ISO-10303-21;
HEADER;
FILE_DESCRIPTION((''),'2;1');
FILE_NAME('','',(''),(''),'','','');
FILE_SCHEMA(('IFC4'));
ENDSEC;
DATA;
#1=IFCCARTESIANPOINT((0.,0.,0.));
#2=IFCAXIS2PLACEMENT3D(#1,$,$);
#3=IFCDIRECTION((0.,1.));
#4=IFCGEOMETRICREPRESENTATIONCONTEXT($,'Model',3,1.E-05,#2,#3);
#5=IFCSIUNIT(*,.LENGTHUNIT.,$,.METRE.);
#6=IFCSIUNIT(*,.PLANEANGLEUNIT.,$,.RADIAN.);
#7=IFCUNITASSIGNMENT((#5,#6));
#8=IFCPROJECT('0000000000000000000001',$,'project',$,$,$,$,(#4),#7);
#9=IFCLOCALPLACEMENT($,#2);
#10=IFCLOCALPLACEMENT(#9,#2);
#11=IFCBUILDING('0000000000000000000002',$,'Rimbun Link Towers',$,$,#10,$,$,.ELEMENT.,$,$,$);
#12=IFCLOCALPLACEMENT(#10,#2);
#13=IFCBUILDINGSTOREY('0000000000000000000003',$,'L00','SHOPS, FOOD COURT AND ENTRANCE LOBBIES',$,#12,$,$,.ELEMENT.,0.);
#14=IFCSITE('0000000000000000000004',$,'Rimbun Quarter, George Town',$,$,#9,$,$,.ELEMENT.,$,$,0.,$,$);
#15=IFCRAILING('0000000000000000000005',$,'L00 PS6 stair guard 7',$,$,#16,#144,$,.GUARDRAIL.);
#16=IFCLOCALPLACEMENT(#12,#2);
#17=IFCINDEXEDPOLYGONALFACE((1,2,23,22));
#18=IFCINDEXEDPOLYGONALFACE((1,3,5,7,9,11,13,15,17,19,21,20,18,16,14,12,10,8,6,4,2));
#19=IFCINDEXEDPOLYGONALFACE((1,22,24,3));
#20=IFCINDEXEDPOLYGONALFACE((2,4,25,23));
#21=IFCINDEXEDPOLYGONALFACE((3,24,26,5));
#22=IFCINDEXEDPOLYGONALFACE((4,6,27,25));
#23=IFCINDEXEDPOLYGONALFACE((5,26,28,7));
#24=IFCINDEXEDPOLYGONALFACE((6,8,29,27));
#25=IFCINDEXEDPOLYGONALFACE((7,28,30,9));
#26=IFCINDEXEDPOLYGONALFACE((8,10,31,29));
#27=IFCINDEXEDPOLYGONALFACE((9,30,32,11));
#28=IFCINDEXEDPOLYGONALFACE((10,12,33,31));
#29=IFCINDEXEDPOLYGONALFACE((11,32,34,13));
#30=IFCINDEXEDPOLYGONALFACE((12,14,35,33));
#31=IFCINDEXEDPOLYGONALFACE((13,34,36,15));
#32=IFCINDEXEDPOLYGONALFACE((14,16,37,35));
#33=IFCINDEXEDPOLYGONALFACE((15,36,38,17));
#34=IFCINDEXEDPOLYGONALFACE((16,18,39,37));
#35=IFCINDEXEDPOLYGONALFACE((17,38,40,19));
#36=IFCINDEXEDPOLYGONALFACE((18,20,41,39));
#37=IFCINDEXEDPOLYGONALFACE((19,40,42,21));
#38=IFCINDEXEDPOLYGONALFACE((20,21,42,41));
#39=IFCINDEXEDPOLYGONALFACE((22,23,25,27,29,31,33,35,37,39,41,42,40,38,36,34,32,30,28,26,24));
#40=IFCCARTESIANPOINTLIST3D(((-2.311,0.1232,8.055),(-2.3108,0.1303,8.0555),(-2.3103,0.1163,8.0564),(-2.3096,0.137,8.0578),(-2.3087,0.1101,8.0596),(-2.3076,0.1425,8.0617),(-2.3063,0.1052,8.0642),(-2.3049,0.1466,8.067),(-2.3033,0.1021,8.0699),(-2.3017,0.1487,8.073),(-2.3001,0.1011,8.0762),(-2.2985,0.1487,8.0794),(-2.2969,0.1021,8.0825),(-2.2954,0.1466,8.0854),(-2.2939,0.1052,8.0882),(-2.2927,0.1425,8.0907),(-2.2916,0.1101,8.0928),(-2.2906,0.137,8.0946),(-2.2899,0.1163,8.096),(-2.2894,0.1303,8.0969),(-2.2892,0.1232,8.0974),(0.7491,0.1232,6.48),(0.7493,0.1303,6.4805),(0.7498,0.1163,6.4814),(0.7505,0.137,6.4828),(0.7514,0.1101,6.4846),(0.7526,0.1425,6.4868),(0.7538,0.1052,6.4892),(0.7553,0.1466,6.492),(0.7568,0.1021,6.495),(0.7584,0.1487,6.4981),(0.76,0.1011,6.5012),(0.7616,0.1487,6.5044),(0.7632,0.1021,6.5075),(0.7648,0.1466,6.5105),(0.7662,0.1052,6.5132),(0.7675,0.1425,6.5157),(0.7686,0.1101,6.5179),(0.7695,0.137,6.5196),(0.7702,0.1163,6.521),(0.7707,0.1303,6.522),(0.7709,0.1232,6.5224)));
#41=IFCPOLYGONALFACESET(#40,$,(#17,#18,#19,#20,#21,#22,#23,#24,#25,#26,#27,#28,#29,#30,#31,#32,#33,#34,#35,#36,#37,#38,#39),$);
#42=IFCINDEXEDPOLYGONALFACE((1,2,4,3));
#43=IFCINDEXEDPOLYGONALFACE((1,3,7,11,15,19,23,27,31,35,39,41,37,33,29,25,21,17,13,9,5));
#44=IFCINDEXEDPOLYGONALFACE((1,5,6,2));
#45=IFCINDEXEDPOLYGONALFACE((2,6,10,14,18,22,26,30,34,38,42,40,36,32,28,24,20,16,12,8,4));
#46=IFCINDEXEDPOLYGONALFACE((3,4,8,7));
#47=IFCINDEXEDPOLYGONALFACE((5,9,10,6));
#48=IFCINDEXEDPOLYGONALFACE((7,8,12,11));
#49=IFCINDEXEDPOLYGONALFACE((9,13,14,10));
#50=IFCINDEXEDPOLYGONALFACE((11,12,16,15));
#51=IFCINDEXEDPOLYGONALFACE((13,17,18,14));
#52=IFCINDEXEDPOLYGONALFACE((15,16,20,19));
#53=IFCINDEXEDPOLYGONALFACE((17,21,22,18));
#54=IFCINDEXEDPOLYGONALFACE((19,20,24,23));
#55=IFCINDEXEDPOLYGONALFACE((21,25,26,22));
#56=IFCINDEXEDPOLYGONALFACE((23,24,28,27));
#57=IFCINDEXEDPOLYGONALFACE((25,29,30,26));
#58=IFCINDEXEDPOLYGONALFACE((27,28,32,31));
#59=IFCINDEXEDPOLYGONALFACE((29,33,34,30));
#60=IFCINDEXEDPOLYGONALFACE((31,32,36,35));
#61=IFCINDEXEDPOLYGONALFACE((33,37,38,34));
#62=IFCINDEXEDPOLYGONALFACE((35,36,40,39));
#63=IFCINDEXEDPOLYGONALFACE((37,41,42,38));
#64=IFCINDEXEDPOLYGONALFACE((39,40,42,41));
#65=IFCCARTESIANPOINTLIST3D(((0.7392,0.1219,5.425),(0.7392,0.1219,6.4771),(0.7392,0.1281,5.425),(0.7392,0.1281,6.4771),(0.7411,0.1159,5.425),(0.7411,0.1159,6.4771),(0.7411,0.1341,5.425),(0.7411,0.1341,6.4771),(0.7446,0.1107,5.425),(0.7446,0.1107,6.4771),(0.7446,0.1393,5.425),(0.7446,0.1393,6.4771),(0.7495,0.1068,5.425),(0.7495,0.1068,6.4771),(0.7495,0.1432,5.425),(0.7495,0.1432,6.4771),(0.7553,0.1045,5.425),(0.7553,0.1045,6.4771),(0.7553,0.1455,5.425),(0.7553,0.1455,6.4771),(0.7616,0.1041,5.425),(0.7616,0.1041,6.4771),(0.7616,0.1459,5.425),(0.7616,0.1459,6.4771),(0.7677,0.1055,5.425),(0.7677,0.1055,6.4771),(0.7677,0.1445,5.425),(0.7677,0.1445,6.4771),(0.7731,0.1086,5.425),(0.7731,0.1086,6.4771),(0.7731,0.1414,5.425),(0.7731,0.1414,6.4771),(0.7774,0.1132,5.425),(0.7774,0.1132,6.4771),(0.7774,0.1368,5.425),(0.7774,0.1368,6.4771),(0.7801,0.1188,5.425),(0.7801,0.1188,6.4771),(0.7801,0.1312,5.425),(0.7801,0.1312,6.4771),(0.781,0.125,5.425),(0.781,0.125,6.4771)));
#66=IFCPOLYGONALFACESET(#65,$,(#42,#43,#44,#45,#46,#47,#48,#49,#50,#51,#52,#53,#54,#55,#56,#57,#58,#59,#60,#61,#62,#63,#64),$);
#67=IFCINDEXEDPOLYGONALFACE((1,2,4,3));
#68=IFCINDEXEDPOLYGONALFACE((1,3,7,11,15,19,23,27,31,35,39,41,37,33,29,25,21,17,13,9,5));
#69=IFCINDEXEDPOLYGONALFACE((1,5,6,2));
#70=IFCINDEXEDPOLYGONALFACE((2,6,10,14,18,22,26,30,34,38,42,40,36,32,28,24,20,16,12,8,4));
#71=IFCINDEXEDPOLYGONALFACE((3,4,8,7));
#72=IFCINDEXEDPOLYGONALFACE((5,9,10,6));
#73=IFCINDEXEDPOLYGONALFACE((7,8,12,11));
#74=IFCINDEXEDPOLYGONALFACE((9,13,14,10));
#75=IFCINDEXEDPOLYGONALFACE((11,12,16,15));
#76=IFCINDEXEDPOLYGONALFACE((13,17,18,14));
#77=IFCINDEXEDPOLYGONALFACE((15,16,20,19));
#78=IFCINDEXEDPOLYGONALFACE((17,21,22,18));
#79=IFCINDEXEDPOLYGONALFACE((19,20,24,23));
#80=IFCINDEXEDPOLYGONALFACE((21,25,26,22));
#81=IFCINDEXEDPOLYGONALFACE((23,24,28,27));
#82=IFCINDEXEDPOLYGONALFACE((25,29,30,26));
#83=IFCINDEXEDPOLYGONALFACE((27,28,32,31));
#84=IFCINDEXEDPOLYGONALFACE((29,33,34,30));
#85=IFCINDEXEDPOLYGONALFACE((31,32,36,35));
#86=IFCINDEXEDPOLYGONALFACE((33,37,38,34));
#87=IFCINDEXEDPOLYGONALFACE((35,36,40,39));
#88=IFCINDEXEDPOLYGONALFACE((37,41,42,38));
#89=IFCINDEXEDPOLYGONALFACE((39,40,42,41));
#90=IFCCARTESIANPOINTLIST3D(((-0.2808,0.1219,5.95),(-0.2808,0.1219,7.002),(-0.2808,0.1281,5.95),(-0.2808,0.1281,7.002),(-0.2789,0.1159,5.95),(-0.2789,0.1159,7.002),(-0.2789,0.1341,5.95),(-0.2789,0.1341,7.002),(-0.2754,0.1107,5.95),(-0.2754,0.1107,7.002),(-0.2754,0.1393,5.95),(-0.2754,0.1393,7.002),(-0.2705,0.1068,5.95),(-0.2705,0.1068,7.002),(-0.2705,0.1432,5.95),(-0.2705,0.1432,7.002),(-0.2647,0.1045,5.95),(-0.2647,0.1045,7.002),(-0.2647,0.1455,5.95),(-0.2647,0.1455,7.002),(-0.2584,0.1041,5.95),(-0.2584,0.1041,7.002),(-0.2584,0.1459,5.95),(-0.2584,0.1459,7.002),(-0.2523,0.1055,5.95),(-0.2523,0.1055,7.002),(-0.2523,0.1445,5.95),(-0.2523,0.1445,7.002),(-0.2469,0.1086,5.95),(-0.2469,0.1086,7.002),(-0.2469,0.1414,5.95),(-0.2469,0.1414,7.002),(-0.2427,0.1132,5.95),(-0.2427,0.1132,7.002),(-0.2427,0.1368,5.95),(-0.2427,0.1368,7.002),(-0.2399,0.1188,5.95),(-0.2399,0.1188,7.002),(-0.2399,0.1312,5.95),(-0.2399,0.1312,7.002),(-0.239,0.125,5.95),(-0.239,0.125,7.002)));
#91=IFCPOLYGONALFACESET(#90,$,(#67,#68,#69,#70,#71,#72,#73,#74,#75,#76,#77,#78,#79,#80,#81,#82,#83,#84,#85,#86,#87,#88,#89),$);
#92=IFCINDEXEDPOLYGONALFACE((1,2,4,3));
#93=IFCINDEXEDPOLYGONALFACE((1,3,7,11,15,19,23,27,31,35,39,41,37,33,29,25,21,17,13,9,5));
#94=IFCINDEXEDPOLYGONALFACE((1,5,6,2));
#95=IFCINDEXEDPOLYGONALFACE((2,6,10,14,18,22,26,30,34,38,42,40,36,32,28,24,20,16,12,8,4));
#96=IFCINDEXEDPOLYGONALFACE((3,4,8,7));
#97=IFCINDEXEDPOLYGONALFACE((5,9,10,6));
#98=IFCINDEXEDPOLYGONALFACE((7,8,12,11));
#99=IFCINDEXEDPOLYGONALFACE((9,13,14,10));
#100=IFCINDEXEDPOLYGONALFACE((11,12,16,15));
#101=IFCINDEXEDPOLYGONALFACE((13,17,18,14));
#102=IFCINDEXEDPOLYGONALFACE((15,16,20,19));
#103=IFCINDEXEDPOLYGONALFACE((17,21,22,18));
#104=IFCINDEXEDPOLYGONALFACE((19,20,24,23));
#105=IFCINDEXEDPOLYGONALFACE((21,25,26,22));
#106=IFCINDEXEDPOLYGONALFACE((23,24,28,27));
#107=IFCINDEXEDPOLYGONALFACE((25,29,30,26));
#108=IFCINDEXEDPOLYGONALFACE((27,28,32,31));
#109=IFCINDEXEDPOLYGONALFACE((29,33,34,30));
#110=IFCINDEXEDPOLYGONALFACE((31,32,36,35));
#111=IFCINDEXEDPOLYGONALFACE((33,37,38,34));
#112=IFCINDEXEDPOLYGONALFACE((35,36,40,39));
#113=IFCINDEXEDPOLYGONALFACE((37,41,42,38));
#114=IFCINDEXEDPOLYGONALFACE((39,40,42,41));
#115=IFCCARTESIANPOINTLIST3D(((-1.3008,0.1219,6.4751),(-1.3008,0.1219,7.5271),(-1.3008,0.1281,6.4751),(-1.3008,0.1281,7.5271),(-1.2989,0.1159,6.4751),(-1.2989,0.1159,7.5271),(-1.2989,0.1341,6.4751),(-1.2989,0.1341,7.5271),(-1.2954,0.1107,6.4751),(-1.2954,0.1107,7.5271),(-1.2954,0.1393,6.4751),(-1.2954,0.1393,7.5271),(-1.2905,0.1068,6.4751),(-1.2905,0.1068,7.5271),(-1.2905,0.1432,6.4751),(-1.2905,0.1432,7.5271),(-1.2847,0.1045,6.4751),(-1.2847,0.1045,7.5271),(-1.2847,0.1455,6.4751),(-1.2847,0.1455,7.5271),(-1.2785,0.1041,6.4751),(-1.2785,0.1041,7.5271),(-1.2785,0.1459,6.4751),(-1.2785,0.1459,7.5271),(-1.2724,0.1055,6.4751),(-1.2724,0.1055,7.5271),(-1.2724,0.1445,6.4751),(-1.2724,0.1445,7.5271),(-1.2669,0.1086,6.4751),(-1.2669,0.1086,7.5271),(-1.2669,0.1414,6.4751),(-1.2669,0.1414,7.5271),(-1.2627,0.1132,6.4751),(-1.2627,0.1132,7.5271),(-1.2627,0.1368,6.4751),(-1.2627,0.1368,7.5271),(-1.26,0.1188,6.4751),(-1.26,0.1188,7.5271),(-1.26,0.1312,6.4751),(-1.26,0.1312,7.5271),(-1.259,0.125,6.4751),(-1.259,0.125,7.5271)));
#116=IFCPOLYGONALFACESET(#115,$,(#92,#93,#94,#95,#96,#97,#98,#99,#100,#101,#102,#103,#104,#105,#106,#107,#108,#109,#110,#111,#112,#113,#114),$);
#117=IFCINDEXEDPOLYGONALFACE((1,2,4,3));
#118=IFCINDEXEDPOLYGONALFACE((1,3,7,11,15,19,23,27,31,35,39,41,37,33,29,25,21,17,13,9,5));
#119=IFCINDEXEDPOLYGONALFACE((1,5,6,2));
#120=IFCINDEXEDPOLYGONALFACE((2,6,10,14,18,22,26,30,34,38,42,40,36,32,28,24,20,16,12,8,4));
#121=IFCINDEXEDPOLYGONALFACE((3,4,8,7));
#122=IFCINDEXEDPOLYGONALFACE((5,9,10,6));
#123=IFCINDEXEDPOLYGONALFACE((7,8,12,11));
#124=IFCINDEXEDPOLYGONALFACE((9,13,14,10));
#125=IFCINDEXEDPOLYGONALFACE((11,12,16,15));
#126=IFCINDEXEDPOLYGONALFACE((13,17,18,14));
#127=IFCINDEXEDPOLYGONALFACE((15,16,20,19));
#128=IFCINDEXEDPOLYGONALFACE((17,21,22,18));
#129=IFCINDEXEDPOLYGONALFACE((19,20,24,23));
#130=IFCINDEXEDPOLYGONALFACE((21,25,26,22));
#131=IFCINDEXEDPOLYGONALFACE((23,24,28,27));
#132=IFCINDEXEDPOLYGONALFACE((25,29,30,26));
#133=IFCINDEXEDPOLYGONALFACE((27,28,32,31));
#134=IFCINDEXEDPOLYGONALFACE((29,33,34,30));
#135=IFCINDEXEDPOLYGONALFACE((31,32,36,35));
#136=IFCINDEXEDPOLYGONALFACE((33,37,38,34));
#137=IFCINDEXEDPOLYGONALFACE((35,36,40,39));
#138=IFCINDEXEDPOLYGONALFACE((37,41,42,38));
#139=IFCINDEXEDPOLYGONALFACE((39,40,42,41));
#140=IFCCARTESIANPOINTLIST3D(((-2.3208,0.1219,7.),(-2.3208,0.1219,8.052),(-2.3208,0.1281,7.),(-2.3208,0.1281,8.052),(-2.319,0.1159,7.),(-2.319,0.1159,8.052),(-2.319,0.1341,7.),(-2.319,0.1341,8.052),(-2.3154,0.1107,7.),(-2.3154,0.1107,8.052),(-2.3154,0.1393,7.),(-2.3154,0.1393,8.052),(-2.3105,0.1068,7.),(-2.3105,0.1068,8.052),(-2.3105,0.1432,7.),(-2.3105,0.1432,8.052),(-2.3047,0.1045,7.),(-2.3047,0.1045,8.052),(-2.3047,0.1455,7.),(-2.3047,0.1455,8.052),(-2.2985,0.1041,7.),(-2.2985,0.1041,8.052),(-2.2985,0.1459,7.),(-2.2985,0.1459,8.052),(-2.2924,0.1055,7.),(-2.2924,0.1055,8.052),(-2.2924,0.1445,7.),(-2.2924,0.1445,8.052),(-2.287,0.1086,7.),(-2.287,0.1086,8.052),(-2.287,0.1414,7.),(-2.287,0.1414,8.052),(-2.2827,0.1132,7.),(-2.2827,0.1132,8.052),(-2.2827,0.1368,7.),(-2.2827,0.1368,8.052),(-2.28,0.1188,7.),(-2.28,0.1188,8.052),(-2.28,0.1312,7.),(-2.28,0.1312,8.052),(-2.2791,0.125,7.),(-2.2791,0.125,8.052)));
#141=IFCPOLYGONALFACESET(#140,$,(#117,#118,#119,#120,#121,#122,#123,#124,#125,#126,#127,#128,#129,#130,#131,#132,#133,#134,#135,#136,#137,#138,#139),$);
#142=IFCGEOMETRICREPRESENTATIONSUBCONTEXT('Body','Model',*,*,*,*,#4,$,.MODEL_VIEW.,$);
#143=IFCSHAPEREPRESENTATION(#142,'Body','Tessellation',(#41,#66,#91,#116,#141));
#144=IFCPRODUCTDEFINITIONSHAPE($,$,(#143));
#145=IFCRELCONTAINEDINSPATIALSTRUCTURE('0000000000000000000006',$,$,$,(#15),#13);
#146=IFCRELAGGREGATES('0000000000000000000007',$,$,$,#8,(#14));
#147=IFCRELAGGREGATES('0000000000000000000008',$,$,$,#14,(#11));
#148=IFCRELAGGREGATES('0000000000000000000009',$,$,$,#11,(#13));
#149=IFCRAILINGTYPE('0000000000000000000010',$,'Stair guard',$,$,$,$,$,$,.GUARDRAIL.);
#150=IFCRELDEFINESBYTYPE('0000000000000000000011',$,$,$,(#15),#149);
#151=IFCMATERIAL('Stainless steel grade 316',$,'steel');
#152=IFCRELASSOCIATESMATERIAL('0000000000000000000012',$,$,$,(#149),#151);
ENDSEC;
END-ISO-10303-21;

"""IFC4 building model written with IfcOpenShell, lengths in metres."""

from ifc_helpers import new_model, si_unit, direction, frame, origin, origin_2d, place, context, subcontext, project, spatial, circle, extrude, material, type_object, element, save


model = new_model("IFC4")

# Units and contexts
model_context = context("Model", 3, precision=1e-05, world=origin(), true_north=direction((0.0, 1.0)))
body_context = subcontext(model_context, "Body", "Model", "MODEL_VIEW")
ifc_project = project(units=[si_unit("LENGTHUNIT", "METRE"), si_unit("PLANEANGLEUNIT", "RADIAN")], contexts=[model_context])

# Site, building, storey
site_placement = place(None, origin())
site = spatial("IfcSite", under=ifc_project, at=site_placement, Name="Rimbun Quarter, George Town", CompositionType="ELEMENT", RefElevation=0.0)
building_placement = place(site_placement, origin())
building = spatial("IfcBuilding", under=site, at=building_placement, Name="Rimbun Link Towers", CompositionType="ELEMENT")
storey_placement = place(building_placement, origin())
storey = spatial("IfcBuildingStorey", under=building, at=storey_placement, Name="L00", Description="SHOPS, FOOD COURT AND ENTRANCE LOBBIES", CompositionType="ELEMENT", Elevation=0.0)

# Railing
ifc_material_1 = material(Name="Stainless steel grade 316", Category="steel")
railing_type_1 = type_object("IfcRailingType", Name="Stair guard", PredefinedType="GUARDRAIL", material=ifc_material_1)
railing_1_placement = place(storey_placement, frame((0.76, 0.125, 5.425)))
element("IfcRailing", 1, at=railing_1_placement, inside=storey, type_object=railing_type_1, Name="L00 PS6 stair guard 7", PredefinedType="GUARDRAIL", context=body_context, shape_type="SweptSolid", body=[
    extrude(circle(Radius=0.0239, at=origin_2d()), frame((0.0, 0.0, 1.0762), z_axis=(-0.889145, 0.0, 0.457625), x_axis=(0.0, -1.0, 0.0)), (0.0, 0.0, 1.0), 3.4417),
    extrude(circle(Radius=0.021, at=origin_2d()), origin(), (0.0, 0.0, 1.0), 1.052),
    extrude(circle(Radius=0.021, at=origin_2d()), frame((-1.02, 0.0, 0.5249)), (0.0, 0.0, 1.0), 1.052),
    extrude(circle(Radius=0.021, at=origin_2d()), frame((-2.04, 0.0, 1.05)), (0.0, 0.0, 1.0), 1.052),
    extrude(circle(Radius=0.021, at=origin_2d()), frame((-3.0601, 0.0, 1.575)), (0.0, 0.0, 1.0), 1.052),
])

save(model, "model.ifc")
